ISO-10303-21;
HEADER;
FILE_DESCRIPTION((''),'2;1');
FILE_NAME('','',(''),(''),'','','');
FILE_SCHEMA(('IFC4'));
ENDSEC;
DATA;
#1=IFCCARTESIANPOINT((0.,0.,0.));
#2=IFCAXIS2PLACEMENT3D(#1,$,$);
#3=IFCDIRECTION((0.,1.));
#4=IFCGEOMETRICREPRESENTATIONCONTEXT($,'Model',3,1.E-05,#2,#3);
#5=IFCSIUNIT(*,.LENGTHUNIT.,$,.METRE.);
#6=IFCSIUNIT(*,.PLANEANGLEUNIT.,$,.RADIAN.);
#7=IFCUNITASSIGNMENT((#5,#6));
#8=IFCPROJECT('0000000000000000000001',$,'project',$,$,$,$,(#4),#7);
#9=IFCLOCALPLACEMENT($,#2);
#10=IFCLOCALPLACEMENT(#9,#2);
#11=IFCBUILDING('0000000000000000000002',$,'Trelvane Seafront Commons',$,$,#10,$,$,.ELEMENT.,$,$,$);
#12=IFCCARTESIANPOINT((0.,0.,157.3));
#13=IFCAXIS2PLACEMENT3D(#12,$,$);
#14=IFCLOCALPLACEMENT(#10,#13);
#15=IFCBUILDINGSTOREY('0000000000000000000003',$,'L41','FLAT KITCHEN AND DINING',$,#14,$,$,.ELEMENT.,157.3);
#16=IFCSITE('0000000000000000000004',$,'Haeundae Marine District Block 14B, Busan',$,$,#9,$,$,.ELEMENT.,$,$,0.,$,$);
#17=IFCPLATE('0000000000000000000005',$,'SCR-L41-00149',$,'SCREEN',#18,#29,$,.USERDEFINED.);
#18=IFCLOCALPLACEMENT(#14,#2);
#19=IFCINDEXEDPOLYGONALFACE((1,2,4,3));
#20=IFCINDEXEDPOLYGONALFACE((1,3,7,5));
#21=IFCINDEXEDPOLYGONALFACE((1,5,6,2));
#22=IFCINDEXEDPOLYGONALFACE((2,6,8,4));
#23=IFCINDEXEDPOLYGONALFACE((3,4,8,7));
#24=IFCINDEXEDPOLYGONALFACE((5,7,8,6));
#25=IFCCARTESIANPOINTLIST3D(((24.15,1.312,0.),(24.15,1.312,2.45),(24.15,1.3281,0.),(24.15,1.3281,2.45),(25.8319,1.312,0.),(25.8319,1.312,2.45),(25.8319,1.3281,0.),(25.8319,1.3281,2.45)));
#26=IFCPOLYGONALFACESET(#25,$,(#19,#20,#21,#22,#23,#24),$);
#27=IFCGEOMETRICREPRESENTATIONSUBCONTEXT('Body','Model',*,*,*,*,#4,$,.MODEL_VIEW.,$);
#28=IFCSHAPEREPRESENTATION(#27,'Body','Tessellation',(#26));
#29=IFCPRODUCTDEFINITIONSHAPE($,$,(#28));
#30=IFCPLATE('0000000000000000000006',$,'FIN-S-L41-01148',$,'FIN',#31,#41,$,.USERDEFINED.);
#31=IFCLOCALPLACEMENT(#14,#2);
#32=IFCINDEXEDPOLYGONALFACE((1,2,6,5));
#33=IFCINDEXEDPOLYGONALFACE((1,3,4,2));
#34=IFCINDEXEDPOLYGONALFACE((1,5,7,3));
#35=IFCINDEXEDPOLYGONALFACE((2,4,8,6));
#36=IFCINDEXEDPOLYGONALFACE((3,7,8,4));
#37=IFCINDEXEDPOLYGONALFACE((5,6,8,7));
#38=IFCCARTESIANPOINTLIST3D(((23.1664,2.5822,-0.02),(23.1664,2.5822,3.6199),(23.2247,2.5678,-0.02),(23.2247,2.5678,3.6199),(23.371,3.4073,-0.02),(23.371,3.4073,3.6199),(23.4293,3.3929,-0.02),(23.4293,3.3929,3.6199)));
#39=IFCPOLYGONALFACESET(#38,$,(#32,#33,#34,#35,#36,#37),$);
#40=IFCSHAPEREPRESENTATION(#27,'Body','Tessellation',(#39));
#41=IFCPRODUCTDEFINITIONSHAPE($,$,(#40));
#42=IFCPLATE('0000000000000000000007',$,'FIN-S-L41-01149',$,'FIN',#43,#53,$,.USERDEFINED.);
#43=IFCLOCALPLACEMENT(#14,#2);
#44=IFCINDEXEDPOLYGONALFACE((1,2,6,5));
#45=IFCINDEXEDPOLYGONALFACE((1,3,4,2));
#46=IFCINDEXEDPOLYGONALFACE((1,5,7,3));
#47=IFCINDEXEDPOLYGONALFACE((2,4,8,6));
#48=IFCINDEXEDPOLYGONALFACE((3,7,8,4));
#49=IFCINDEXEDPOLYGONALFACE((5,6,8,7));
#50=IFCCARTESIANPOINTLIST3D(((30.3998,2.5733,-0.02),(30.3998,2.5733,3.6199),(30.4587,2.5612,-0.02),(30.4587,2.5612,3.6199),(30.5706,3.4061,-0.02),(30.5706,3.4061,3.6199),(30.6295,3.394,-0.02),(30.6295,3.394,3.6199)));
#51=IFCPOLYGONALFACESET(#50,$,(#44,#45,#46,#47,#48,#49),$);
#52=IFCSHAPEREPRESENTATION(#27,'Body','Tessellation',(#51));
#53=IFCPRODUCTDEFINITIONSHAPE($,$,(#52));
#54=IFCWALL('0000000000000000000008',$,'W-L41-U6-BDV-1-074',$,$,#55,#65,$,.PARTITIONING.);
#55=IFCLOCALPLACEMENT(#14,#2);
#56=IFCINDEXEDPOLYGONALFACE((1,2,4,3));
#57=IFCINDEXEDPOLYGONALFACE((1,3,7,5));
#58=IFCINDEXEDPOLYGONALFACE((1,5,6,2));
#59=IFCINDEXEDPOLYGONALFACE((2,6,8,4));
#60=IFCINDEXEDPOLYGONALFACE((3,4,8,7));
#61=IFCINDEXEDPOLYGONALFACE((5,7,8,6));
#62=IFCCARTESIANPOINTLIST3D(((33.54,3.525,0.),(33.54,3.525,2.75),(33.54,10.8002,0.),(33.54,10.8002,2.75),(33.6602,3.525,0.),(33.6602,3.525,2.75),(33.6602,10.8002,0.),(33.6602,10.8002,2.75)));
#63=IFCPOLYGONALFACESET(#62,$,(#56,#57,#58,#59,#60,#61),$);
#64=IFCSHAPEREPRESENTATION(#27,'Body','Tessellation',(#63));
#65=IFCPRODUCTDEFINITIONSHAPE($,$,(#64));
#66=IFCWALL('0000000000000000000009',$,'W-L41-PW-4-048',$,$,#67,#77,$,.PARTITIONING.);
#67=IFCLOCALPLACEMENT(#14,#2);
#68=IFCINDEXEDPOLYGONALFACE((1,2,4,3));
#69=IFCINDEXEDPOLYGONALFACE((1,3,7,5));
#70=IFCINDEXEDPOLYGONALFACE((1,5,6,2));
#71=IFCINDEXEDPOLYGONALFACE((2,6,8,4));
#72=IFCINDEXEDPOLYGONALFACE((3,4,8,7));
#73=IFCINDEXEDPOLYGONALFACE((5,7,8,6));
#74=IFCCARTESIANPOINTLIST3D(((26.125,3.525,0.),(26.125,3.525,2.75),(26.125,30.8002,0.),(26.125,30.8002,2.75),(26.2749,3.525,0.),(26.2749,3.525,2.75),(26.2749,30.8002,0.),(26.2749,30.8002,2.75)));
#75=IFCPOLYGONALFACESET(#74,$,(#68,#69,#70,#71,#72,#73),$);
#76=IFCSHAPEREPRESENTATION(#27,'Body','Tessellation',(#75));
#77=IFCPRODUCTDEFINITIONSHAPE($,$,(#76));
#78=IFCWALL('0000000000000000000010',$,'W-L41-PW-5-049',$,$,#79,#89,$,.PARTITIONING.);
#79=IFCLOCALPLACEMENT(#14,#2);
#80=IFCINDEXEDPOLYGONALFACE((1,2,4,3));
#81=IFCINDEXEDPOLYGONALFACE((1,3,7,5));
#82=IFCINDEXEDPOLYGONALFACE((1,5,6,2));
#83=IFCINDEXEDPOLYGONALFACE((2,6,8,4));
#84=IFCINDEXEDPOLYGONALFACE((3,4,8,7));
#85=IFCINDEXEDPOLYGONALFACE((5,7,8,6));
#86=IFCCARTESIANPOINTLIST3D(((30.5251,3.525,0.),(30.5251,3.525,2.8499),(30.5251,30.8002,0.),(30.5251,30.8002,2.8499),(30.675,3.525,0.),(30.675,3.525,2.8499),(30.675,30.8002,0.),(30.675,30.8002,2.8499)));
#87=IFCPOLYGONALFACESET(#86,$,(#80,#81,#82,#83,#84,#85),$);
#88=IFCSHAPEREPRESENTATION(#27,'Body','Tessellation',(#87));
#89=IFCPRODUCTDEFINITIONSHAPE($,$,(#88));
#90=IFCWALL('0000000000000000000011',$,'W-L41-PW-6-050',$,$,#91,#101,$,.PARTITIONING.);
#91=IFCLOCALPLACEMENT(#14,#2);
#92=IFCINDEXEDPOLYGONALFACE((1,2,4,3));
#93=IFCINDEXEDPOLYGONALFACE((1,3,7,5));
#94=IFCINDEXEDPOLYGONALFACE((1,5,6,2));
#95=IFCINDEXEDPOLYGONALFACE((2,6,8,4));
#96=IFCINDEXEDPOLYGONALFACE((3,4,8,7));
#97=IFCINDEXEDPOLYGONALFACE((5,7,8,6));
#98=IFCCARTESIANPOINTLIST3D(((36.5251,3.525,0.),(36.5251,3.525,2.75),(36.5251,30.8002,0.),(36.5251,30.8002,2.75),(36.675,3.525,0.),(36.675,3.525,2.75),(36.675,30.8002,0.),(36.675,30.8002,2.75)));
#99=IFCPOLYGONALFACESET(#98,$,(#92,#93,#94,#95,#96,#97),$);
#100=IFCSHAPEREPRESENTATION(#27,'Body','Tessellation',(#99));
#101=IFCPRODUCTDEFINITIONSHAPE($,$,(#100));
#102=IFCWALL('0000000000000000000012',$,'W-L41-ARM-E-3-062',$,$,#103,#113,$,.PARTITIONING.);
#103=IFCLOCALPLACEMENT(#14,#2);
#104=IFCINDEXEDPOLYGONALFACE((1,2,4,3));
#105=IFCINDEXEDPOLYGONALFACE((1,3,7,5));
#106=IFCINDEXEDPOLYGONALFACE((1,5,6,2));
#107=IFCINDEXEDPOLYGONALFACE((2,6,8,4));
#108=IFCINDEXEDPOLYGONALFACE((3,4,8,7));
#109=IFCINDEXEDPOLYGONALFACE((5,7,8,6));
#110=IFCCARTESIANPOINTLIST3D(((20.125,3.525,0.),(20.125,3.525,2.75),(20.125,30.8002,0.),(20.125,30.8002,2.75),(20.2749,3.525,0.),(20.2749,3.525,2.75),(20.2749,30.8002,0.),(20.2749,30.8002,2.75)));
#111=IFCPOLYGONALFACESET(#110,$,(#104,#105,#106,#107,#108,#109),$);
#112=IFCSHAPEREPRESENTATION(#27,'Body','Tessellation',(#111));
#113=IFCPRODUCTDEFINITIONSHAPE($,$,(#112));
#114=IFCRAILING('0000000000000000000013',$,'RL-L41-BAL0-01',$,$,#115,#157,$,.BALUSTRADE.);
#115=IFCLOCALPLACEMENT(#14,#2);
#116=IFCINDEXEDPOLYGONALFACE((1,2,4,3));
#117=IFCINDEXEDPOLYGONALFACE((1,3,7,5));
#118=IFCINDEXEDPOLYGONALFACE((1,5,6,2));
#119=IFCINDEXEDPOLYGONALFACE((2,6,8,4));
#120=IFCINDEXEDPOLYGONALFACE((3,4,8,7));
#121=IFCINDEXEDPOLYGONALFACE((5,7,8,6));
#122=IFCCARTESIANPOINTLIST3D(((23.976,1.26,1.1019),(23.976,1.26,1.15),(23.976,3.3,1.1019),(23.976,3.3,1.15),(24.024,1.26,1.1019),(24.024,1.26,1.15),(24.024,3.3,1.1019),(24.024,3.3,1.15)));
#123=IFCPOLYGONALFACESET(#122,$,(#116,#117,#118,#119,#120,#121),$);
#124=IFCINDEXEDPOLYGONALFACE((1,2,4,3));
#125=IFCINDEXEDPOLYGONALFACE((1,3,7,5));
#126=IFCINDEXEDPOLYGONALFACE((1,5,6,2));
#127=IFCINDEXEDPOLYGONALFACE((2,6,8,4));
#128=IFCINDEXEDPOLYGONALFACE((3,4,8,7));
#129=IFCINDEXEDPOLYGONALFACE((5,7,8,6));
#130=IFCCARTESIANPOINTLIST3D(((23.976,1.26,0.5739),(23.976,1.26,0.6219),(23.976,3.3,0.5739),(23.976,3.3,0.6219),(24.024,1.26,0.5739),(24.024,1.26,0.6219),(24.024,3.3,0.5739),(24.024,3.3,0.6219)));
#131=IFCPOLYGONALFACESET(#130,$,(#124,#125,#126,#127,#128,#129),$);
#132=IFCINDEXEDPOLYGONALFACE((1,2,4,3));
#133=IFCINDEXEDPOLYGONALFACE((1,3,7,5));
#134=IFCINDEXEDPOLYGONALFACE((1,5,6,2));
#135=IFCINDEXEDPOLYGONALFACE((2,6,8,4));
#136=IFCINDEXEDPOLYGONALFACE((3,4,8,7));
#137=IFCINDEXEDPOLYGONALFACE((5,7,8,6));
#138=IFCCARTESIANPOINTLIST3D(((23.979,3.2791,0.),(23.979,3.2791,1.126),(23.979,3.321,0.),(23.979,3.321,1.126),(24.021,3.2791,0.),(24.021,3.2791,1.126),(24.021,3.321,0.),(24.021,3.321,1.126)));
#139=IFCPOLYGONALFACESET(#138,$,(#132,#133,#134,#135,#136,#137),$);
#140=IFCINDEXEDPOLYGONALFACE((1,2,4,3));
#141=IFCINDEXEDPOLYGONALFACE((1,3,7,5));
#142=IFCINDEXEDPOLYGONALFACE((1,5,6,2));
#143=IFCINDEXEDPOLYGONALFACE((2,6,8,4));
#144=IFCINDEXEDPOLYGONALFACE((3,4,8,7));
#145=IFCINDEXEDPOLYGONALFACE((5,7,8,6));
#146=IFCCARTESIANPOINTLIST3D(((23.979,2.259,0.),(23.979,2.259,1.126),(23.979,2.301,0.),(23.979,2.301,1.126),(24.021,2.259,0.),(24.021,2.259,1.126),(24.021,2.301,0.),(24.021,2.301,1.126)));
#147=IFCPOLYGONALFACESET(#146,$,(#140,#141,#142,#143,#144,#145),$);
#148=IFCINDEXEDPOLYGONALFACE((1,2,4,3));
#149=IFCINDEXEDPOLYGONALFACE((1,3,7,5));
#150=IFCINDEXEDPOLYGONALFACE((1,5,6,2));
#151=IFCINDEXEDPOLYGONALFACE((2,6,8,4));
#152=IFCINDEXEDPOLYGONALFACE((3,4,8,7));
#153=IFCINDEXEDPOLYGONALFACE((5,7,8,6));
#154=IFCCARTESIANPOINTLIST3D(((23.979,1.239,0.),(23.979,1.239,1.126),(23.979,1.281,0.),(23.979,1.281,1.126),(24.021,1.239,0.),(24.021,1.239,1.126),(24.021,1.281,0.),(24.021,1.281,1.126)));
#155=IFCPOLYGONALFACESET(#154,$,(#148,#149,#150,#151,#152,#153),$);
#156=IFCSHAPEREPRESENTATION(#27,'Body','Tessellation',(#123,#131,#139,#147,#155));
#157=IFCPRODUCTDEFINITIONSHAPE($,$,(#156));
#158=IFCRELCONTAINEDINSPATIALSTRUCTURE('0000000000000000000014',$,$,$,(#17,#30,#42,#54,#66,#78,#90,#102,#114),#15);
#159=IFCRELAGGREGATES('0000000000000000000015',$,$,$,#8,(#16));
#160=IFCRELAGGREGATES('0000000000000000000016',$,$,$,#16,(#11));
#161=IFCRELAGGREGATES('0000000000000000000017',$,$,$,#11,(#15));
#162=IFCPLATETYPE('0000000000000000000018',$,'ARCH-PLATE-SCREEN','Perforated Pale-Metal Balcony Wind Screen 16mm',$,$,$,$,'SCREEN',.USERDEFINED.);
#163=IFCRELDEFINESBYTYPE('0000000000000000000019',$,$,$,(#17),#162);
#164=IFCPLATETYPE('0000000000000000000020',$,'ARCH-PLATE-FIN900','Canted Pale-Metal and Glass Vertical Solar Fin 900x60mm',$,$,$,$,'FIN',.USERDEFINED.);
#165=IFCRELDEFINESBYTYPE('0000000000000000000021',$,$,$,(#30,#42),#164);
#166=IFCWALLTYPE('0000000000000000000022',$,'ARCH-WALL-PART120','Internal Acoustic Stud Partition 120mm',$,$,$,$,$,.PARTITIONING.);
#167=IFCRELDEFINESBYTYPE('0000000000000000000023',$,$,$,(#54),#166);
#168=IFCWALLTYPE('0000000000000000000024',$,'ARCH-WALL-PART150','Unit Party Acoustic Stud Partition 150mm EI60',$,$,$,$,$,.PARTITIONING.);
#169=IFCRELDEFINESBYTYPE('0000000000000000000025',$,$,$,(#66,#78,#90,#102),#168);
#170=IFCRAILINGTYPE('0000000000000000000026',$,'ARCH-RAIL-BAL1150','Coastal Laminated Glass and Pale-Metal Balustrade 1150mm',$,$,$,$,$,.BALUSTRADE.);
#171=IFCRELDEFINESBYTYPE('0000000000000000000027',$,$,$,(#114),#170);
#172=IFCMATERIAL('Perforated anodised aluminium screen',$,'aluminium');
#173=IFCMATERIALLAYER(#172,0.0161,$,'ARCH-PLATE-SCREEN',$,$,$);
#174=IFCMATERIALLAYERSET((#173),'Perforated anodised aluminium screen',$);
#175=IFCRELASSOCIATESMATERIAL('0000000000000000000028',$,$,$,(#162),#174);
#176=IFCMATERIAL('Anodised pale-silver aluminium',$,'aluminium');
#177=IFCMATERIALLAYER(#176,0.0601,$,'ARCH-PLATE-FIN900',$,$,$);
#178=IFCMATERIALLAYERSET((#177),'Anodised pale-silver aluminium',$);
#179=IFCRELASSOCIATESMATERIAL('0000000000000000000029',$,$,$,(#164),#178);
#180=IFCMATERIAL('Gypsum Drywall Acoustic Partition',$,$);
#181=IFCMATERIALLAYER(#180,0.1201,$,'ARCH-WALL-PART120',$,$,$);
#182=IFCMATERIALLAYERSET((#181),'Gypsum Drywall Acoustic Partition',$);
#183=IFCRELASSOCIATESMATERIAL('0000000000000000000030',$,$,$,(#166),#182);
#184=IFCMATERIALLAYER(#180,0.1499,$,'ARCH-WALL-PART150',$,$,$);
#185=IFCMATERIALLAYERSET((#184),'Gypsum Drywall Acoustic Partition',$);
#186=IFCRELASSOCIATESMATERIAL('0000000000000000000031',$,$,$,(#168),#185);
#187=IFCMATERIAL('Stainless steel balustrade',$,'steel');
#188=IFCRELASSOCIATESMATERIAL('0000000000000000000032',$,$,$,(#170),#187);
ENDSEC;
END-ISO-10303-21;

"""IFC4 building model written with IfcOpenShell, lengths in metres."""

from ifc_helpers import new_model, si_unit, direction, frame, frame_2d, origin, origin_2d, place, context, subcontext, project, spatial, rectangle, extrude, source, transform, mapped, material, layer, layer_set, type_object, element, save


model = new_model("IFC4")

# Units and contexts
model_context = context("Model", 3, precision=1e-05, world=origin(), true_north=direction((0.0, 1.0)))
body_context = subcontext(model_context, "Body", "Model", "MODEL_VIEW")
ifc_project = project(units=[si_unit("LENGTHUNIT", "METRE"), si_unit("PLANEANGLEUNIT", "RADIAN")], contexts=[model_context])

# Site, building, storey
site_placement = place(None, origin())
site = spatial("IfcSite", under=ifc_project, at=site_placement, Name="Haeundae Marine District Block 14B, Busan", CompositionType="ELEMENT", RefElevation=0.0)
building_placement = place(site_placement, origin())
building = spatial("IfcBuilding", under=site, at=building_placement, Name="Trelvane Seafront Commons", CompositionType="ELEMENT")
storey_placement = place(building_placement, frame((0.0, 0.0, 157.3)))
storey = spatial("IfcBuildingStorey", under=building, at=storey_placement, Name="L41", Description="FLAT KITCHEN AND DINING", CompositionType="ELEMENT", Elevation=157.3)

# Plates
ifc_material_1 = material(Name="Perforated anodised aluminium screen", Category="aluminium")
ifc_layer_1 = layer(ifc_material_1, 0.0161, Name="ARCH-PLATE-SCREEN")
ifc_layer_set_1 = layer_set([ifc_layer_1], Name="Perforated anodised aluminium screen")
plate_type_1 = type_object("IfcPlateType", Name="ARCH-PLATE-SCREEN", Description="Perforated Pale-Metal Balcony Wind Screen 16mm", ElementType="SCREEN", PredefinedType="USERDEFINED", material=ifc_layer_set_1)
shared_shape_1 = source(origin(), body_context, "Body", "SweptSolid", [
    extrude(rectangle(XDim=1.6819, YDim=0.0161, at=origin_2d()), origin(), (0.0, 0.0, 1.0), 2.45),
])
plate_placement = place(storey_placement, frame((24.991, 1.3201, 0.0), z_axis=(0.0, 0.0, 1.0), x_axis=(1.0, 0.0, 0.0)))
element("IfcPlate", 1, at=plate_placement, inside=storey, type_object=plate_type_1, Name="SCR-L41-00149", ObjectType="SCREEN", PredefinedType="USERDEFINED", context=body_context, shape_type="MappedRepresentation", body=[
    mapped(shared_shape_1, transform((0.0, 0.0, 0.0), x_axis=(1.0, 0.0, 0.0), y_axis=(0.0, 1.0, 0.0), z_axis=(0.0, 0.0, 1.0), scale=1.0)),
])
ifc_material_2 = material(Name="Anodised pale-silver aluminium", Category="aluminium")
ifc_layer_2 = layer(ifc_material_2, 0.0601, Name="ARCH-PLATE-FIN900")
ifc_layer_set_2 = layer_set([ifc_layer_2], Name="Anodised pale-silver aluminium")
plate_type_2 = type_object("IfcPlateType", Name="ARCH-PLATE-FIN900", Description="Canted Pale-Metal and Glass Vertical Solar Fin 900x60mm", ElementType="FIN", PredefinedType="USERDEFINED", material=ifc_layer_set_2)
shared_shape_2 = source(origin(), body_context, "Body", "SweptSolid", [
    extrude(rectangle(XDim=0.8501, YDim=0.0601, at=origin_2d()), origin(), (0.0, 0.0, 1.0), 3.6399),
])
for number, where, z_axis, x_axis, name in (
    (2, (23.2979, 2.9875, -0.02), (0.0, 0.0, 1.0), (-0.240597, -0.970625, 0.0), "FIN-S-L41-01148"),
    (3, (30.5146, 2.9836, -0.02), (0.0, 0.0, 1.0), (-0.200933, -0.979605, 0.0), "FIN-S-L41-01149"),
):
    element("IfcPlate", number, at=place(storey_placement, frame(where, z_axis=z_axis, x_axis=x_axis)), inside=storey, type_object=plate_type_2, Name=name, ObjectType="FIN", PredefinedType="USERDEFINED", context=body_context, shape_type="MappedRepresentation", body=[
        mapped(shared_shape_2, transform((0.0, 0.0, 0.0), x_axis=(1.0, 0.0, 0.0), y_axis=(0.0, 1.0, 0.0), z_axis=(0.0, 0.0, 1.0), scale=1.0)),
    ])

# Shared definitions
ifc_material_3 = material(Name="Gypsum Drywall Acoustic Partition")
ifc_layer_3 = layer(ifc_material_3, 0.1201, Name="ARCH-WALL-PART120")
ifc_layer_set_3 = layer_set([ifc_layer_3], Name="Gypsum Drywall Acoustic Partition")
wall_type_1 = type_object("IfcWallType", Name="ARCH-WALL-PART120", Description="Internal Acoustic Stud Partition 120mm", PredefinedType="PARTITIONING", material=ifc_layer_set_3)

# Walls
wall_1_placement = place(storey_placement, frame((33.6001, 3.5249, 0.0), z_axis=(0.0, 0.0, 1.0), x_axis=(0.0, 1.0, 0.0)))
element("IfcWall", 4, at=wall_1_placement, inside=storey, type_object=wall_type_1, Name="W-L41-U6-BDV-1-074", PredefinedType="PARTITIONING", context=body_context, shape_type="SweptSolid", body=[
    extrude(rectangle(XDim=7.2751, YDim=0.1201, at=frame_2d((3.6377, 0.0))), origin(), (0.0, 0.0, 1.0), 2.75),
])
ifc_layer_4 = layer(ifc_material_3, 0.1499, Name="ARCH-WALL-PART150")
ifc_layer_set_4 = layer_set([ifc_layer_4], Name="Gypsum Drywall Acoustic Partition")
wall_type_2 = type_object("IfcWallType", Name="ARCH-WALL-PART150", Description="Unit Party Acoustic Stud Partition 150mm EI60", PredefinedType="PARTITIONING", material=ifc_layer_set_4)
wall_2_placement = place(storey_placement, frame((26.2, 3.5249, 0.0), z_axis=(0.0, 0.0, 1.0), x_axis=(0.0, 1.0, 0.0)))
element("IfcWall", 5, at=wall_2_placement, inside=storey, type_object=wall_type_2, Name="W-L41-PW-4-048", PredefinedType="PARTITIONING", context=body_context, shape_type="SweptSolid", body=[
    extrude(rectangle(XDim=27.2751, YDim=0.1499, at=frame_2d((13.6377, 0.0))), origin(), (0.0, 0.0, 1.0), 2.75),
])
wall_3_placement = place(storey_placement, frame((30.6001, 3.5249, 0.0), z_axis=(0.0, 0.0, 1.0), x_axis=(0.0, 1.0, 0.0)))
element("IfcWall", 6, at=wall_3_placement, inside=storey, type_object=wall_type_2, Name="W-L41-PW-5-049", PredefinedType="PARTITIONING", context=body_context, shape_type="SweptSolid", body=[
    extrude(rectangle(XDim=27.2751, YDim=0.1499, at=frame_2d((13.6377, 0.0))), origin(), (0.0, 0.0, 1.0), 2.8499),
])
for number, where, z_axis, x_axis, name in (
    (7, (36.6001, 3.5249, 0.0), (0.0, 0.0, 1.0), (0.0, 1.0, 0.0), "W-L41-PW-6-050"),
    (8, (20.2, 3.5249, 0.0), (0.0, 0.0, 1.0), (0.0, 1.0, 0.0), "W-L41-ARM-E-3-062"),
):
    element("IfcWall", number, at=place(storey_placement, frame(where, z_axis=z_axis, x_axis=x_axis)), inside=storey, type_object=wall_type_2, Name=name, PredefinedType="PARTITIONING", context=body_context, shape_type="SweptSolid", body=[
        extrude(rectangle(XDim=27.2751, YDim=0.1499, at=frame_2d((13.6377, 0.0))), origin(), (0.0, 0.0, 1.0), 2.75),
    ])

# Railing
ifc_material_4 = material(Name="Stainless steel balustrade", Category="steel")
railing_type = type_object("IfcRailingType", Name="ARCH-RAIL-BAL1150", Description="Coastal Laminated Glass and Pale-Metal Balustrade 1150mm", PredefinedType="BALUSTRADE", material=ifc_material_4)
railing_1_placement = place(storey_placement, frame((24.0, 3.3, 0.0)))
element("IfcRailing", 9, at=railing_1_placement, inside=storey, type_object=railing_type, Name="RL-L41-BAL0-01", PredefinedType="BALUSTRADE", context=body_context, shape_type="SweptSolid", body=[
    extrude(rectangle(XDim=0.0481, YDim=0.0481, at=origin_2d()), frame((0.0, 0.0, 1.126), z_axis=(0.0, -1.0, 0.0), x_axis=(1.0, 0.0, 0.0)), (0.0, 0.0, 1.0), 2.04),
    extrude(rectangle(XDim=0.0481, YDim=0.0481, at=origin_2d()), frame((0.0, 0.0, 0.5979), z_axis=(0.0, -1.0, 0.0), x_axis=(1.0, 0.0, 0.0)), (0.0, 0.0, 1.0), 2.04),
    extrude(rectangle(XDim=0.042, YDim=0.042, at=origin_2d()), origin(), (0.0, 0.0, 1.0), 1.126),
    extrude(rectangle(XDim=0.042, YDim=0.042, at=origin_2d()), frame((0.0, -1.02, 0.0)), (0.0, 0.0, 1.0), 1.126),
    extrude(rectangle(XDim=0.042, YDim=0.042, at=origin_2d()), frame((0.0, -2.04, 0.0)), (0.0, 0.0, 1.0), 1.126),
])

save(model, "model.ifc")
